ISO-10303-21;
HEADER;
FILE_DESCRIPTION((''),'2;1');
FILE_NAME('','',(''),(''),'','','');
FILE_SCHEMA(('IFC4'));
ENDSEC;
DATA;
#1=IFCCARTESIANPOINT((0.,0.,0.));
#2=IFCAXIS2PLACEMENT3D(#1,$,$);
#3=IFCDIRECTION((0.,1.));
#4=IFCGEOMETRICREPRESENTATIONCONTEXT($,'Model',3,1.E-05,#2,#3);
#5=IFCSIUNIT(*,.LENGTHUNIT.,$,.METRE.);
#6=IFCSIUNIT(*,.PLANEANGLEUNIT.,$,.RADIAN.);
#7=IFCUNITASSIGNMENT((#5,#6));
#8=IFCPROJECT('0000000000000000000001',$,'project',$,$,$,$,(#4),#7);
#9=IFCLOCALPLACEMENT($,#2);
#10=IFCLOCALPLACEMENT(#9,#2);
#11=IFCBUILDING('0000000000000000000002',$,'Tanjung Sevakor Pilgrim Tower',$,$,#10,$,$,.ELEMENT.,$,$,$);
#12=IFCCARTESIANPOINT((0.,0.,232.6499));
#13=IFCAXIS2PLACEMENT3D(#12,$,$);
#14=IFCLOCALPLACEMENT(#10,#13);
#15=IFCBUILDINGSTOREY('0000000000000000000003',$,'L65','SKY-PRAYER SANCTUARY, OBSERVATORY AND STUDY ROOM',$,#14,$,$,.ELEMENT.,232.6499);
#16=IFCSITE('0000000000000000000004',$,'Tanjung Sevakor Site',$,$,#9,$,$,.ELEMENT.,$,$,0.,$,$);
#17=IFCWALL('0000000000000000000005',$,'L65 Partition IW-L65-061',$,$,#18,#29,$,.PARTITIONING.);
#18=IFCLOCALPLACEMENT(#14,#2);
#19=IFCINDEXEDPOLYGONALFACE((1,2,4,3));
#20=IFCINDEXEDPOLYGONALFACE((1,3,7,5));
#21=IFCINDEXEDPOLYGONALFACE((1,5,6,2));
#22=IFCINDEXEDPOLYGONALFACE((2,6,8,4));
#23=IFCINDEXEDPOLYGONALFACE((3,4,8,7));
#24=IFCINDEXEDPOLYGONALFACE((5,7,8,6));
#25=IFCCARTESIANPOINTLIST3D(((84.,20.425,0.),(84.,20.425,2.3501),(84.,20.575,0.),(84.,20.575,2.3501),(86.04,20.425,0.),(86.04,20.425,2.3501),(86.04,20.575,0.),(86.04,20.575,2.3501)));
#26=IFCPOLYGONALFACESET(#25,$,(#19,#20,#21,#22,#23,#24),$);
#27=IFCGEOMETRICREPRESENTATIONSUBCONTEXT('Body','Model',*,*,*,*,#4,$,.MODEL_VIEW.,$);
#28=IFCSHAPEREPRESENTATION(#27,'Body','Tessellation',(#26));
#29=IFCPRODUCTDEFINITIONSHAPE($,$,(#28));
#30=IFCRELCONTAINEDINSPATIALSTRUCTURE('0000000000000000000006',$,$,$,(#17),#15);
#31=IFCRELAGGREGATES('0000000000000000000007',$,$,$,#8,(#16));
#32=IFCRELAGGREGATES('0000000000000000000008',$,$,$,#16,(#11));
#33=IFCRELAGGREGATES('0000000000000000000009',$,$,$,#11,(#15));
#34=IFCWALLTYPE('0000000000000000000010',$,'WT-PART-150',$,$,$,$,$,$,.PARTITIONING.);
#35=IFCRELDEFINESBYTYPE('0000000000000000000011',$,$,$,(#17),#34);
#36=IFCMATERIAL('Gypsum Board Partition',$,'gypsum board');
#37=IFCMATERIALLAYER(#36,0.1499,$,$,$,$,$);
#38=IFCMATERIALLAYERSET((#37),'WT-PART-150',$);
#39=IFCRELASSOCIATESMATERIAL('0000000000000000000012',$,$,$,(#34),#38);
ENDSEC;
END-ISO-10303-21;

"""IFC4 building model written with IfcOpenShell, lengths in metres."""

from ifc_helpers import new_model, si_unit, direction, frame, frame_2d, origin, place, context, subcontext, project, spatial, rectangle, extrude, material, layer, layer_set, type_object, element, save


model = new_model("IFC4")

# Units and contexts
model_context = context("Model", 3, precision=1e-05, world=origin(), true_north=direction((0.0, 1.0)))
body_context = subcontext(model_context, "Body", "Model", "MODEL_VIEW")
ifc_project = project(units=[si_unit("LENGTHUNIT", "METRE"), si_unit("PLANEANGLEUNIT", "RADIAN")], contexts=[model_context])

# Site, building, storey
site_placement = place(None, origin())
site = spatial("IfcSite", under=ifc_project, at=site_placement, Name="Tanjung Sevakor Site", CompositionType="ELEMENT", RefElevation=0.0)
building_placement = place(site_placement, origin())
building = spatial("IfcBuilding", under=site, at=building_placement, Name="Tanjung Sevakor Pilgrim Tower", CompositionType="ELEMENT")
storey_placement = place(building_placement, frame((0.0, 0.0, 232.6499)))
storey = spatial("IfcBuildingStorey", under=building, at=storey_placement, Name="L65", Description="SKY-PRAYER SANCTUARY, OBSERVATORY AND STUDY ROOM", CompositionType="ELEMENT", Elevation=232.6499)

# Wall
ifc_material_1 = material(Name="Gypsum Board Partition", Category="gypsum board")
ifc_layer_1 = layer(ifc_material_1, 0.1499)
ifc_layer_set_1 = layer_set([ifc_layer_1], Name="WT-PART-150")
wall_type_1 = type_object("IfcWallType", Name="WT-PART-150", PredefinedType="PARTITIONING", material=ifc_layer_set_1)
wall_1_placement = place(storey_placement, frame((84.0, 20.5, 0.0), z_axis=(0.0, 0.0, 1.0), x_axis=(1.0, 0.0, 0.0)))
element("IfcWall", 1, at=wall_1_placement, inside=storey, type_object=wall_type_1, Name="L65 Partition IW-L65-061", PredefinedType="PARTITIONING", context=body_context, shape_type="SweptSolid", body=[
    extrude(rectangle(XDim=2.04, YDim=0.1499, at=frame_2d((1.02, 0.0))), origin(), (0.0, 0.0, 1.0), 2.3501),
])

save(model, "model.ifc")
